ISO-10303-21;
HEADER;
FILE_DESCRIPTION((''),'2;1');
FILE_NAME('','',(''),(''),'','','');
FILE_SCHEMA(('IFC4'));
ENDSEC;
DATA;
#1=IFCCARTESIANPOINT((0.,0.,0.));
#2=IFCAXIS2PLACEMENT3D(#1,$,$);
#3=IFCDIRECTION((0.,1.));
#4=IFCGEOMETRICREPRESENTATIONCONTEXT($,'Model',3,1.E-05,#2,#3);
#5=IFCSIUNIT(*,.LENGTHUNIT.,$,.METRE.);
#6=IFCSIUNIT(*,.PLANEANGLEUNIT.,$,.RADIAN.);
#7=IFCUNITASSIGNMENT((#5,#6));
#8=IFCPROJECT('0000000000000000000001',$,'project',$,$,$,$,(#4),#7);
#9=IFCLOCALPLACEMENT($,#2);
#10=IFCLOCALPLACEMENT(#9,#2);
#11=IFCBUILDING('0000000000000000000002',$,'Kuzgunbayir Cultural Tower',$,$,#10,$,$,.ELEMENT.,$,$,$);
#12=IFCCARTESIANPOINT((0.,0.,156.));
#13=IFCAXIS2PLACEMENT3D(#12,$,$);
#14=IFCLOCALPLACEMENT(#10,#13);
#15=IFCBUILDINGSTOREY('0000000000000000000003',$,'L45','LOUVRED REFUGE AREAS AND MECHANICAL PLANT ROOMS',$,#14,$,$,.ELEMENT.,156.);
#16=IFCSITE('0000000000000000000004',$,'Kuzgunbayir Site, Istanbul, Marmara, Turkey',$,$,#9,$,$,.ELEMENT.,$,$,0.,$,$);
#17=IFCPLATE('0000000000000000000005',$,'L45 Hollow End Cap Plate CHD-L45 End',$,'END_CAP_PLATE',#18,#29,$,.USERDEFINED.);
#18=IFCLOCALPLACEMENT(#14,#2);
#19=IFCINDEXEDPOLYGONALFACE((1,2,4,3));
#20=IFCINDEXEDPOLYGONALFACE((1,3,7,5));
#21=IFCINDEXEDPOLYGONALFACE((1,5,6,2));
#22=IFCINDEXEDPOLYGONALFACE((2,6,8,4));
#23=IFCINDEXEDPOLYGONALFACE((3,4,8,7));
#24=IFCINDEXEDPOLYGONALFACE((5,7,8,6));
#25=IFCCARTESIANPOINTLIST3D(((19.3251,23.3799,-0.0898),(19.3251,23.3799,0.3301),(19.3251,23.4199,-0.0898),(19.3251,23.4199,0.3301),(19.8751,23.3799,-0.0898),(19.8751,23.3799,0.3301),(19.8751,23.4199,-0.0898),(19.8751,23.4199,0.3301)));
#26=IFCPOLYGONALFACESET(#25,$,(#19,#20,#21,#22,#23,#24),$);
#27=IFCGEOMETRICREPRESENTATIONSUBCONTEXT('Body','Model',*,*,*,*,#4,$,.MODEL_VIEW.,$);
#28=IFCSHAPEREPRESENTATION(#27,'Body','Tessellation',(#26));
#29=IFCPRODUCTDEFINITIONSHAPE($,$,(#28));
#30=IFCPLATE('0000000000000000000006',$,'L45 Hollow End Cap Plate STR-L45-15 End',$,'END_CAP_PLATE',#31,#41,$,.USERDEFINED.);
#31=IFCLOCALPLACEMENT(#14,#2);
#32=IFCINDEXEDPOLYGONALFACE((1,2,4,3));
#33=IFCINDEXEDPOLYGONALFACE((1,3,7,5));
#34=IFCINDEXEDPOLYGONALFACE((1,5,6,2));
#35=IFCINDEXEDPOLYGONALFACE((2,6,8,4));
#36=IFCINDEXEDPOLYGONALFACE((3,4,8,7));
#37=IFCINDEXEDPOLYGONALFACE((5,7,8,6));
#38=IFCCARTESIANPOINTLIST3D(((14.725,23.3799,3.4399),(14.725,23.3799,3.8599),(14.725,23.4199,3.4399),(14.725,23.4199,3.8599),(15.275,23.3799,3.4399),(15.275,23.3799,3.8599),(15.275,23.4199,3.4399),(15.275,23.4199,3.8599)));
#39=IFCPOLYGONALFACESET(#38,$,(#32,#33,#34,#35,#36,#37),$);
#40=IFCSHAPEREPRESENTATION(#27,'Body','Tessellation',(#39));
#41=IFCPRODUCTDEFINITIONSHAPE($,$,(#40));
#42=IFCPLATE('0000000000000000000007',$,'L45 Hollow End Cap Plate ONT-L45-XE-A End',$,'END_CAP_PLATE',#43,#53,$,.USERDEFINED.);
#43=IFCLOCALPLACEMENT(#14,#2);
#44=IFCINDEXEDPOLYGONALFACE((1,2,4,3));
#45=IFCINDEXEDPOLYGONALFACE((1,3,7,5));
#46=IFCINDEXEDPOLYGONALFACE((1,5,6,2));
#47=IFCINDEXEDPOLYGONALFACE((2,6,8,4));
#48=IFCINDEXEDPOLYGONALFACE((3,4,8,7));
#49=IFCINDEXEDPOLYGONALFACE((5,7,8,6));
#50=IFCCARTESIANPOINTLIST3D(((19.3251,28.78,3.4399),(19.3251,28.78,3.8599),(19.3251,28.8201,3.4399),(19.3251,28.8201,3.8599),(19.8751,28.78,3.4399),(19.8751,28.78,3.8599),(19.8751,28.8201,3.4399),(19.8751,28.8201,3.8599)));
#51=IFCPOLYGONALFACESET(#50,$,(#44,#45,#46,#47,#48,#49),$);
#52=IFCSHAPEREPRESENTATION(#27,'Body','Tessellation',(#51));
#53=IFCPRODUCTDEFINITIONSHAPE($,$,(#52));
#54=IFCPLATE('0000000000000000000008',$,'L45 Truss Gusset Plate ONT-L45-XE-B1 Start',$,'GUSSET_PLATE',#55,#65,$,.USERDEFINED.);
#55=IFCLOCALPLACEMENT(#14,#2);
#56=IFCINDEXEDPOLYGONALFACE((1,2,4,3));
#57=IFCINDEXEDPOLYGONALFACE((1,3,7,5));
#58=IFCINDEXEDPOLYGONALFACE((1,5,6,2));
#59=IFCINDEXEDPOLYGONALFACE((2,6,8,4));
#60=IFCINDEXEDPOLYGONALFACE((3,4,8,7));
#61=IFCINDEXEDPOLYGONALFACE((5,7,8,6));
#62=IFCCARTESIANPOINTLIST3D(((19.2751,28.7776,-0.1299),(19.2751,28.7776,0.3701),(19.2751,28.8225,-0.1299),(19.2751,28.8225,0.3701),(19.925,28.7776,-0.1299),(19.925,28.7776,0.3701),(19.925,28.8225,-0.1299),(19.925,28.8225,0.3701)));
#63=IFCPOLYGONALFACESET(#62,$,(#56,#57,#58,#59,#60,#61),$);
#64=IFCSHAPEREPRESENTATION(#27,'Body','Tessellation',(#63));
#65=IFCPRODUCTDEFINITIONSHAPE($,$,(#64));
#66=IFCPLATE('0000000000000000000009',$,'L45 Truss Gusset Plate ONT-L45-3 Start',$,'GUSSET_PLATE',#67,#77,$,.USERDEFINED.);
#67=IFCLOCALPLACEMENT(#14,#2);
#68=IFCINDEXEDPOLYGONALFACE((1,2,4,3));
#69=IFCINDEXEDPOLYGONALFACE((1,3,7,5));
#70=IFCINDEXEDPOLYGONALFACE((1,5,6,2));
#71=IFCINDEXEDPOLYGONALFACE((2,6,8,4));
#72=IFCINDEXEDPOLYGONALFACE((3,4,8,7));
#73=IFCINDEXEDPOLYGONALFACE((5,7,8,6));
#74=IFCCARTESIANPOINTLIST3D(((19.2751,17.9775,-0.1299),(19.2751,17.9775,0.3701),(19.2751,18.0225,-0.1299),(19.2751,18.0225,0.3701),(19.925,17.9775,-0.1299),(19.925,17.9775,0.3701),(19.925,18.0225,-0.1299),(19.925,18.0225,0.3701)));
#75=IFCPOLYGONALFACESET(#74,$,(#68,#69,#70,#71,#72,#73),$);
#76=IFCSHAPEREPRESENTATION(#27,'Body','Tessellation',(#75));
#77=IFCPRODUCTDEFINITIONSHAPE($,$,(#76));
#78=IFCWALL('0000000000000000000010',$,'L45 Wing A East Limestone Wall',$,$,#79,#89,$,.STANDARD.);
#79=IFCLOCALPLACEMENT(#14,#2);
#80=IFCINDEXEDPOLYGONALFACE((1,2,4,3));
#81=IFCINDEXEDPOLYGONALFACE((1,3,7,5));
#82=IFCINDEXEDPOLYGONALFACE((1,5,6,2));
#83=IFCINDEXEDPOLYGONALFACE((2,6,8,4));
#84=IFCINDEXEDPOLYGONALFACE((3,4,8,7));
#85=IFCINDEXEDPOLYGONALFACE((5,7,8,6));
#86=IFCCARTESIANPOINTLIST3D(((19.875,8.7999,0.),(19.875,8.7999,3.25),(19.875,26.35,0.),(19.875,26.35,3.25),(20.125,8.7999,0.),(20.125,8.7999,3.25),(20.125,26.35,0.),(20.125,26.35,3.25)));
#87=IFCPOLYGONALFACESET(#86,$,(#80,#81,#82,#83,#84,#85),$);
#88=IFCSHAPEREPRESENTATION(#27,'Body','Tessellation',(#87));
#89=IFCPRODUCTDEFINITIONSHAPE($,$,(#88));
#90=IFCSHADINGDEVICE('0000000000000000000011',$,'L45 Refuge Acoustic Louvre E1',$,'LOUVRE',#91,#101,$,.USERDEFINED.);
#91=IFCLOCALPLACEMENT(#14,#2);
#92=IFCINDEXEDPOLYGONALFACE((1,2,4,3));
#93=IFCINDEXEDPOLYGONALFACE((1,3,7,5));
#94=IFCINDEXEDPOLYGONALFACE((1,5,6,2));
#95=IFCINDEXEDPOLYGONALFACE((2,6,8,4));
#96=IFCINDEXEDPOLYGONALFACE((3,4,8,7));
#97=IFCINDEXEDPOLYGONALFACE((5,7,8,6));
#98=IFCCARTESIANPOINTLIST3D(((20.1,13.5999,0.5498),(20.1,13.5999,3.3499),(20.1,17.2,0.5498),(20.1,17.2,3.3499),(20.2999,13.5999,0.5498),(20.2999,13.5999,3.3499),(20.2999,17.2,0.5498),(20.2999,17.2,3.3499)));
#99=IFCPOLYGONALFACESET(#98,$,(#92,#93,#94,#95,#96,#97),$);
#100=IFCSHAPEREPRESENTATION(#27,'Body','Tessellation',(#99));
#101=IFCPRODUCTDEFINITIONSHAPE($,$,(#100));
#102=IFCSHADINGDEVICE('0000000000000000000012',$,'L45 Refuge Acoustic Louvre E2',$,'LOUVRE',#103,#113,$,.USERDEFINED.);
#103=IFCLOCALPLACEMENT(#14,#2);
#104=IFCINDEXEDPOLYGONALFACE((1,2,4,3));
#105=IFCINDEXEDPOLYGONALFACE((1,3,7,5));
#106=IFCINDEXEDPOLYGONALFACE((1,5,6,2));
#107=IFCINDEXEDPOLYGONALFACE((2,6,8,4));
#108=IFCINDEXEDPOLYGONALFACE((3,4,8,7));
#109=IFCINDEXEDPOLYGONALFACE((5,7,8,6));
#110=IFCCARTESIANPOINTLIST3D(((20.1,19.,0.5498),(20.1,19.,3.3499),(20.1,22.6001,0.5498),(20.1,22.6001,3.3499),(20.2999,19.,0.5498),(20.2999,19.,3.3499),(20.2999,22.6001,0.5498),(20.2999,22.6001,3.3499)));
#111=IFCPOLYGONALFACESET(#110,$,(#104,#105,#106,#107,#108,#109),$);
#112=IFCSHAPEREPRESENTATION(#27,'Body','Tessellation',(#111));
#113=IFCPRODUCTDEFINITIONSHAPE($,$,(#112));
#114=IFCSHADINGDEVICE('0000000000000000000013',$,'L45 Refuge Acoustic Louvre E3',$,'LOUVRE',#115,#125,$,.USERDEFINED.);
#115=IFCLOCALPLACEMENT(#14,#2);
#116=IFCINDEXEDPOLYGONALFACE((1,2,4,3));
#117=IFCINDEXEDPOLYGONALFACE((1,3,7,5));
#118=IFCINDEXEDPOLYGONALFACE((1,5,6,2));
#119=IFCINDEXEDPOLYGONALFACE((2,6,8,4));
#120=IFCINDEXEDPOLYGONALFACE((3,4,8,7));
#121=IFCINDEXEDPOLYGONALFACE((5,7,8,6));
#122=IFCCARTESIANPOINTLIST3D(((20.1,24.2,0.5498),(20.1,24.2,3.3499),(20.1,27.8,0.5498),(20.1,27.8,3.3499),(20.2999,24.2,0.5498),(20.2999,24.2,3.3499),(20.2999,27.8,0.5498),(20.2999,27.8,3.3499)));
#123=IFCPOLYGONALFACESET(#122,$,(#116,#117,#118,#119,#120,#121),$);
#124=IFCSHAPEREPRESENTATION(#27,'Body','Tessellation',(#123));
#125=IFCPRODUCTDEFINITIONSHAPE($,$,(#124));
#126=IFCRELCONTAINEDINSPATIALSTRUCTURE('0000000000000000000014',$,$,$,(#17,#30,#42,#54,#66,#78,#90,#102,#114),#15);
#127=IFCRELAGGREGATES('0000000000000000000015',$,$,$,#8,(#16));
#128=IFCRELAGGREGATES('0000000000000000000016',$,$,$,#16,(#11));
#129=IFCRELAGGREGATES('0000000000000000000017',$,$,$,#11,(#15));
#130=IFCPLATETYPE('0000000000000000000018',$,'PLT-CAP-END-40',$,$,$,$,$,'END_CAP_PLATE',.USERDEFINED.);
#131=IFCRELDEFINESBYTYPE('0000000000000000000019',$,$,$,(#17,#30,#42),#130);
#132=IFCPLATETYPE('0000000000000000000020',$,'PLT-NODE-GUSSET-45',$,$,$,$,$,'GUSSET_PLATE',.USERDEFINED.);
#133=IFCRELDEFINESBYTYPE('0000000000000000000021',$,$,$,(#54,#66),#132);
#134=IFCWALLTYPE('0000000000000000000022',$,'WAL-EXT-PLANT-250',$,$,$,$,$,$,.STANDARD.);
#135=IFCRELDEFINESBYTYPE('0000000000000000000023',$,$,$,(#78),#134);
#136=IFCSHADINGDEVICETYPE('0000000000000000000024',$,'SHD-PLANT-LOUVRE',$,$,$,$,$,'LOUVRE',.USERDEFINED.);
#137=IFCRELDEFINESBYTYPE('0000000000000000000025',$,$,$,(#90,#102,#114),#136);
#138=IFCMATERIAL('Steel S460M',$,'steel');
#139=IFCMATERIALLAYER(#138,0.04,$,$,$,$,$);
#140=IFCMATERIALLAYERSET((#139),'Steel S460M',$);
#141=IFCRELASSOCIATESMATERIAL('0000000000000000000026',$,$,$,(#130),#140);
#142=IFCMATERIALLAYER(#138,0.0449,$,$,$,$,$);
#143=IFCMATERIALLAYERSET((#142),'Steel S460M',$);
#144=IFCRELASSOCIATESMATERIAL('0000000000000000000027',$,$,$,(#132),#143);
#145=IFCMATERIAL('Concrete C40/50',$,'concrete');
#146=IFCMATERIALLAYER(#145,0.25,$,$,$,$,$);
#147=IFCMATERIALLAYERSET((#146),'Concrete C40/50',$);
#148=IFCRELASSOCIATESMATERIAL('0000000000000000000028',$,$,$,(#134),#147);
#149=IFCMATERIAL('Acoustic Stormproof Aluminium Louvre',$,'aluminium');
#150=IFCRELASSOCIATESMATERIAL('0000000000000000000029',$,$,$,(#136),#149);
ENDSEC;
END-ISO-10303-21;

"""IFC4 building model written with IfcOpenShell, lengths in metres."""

from ifc_helpers import new_model, si_unit, direction, frame, frame_2d, origin, origin_2d, place, context, subcontext, project, spatial, rectangle, extrude, material, layer, layer_set, type_object, element, save


model = new_model("IFC4")

# Units and contexts
model_context = context("Model", 3, precision=1e-05, world=origin(), true_north=direction((0.0, 1.0)))
body_context = subcontext(model_context, "Body", "Model", "MODEL_VIEW")
ifc_project = project(units=[si_unit("LENGTHUNIT", "METRE"), si_unit("PLANEANGLEUNIT", "RADIAN")], contexts=[model_context])

# Site, building, storey
site_placement = place(None, origin())
site = spatial("IfcSite", under=ifc_project, at=site_placement, Name="Kuzgunbayir Site, Istanbul, Marmara, Turkey", CompositionType="ELEMENT", RefElevation=0.0)
building_placement = place(site_placement, origin())
building = spatial("IfcBuilding", under=site, at=building_placement, Name="Kuzgunbayir Cultural Tower", CompositionType="ELEMENT")
storey_placement = place(building_placement, frame((0.0, 0.0, 156.0)))
storey = spatial("IfcBuildingStorey", under=building, at=storey_placement, Name="L45", Description="LOUVRED REFUGE AREAS AND MECHANICAL PLANT ROOMS", CompositionType="ELEMENT", Elevation=156.0)

# Shared definitions
ifc_material_1 = material(Name="Steel S460M", Category="steel")

# Plates
ifc_layer_1 = layer(ifc_material_1, 0.04)
ifc_layer_set_1 = layer_set([ifc_layer_1], Name="Steel S460M")
plate_type_1 = type_object("IfcPlateType", Name="PLT-CAP-END-40", ElementType="END_CAP_PLATE", PredefinedType="USERDEFINED", material=ifc_layer_set_1)
for number, where, z_axis, x_axis, name in (
    (1, (19.6001, 23.3999, -0.0898), (0.0, 0.0, 1.0), (1.0, 0.0, 0.0), "L45 Hollow End Cap Plate CHD-L45 End"),
    (2, (15.0, 23.3999, 3.4399), (0.0, 0.0, 1.0), (1.0, 0.0, 0.0), "L45 Hollow End Cap Plate STR-L45-15 End"),
    (3, (19.6001, 28.8, 3.4399), (0.0, 0.0, 1.0), (1.0, 0.0, 0.0), "L45 Hollow End Cap Plate ONT-L45-XE-A End"),
):
    element("IfcPlate", number, at=place(storey_placement, frame(where, z_axis=z_axis, x_axis=x_axis)), inside=storey, type_object=plate_type_1, Name=name, ObjectType="END_CAP_PLATE", PredefinedType="USERDEFINED", context=body_context, shape_type="SweptSolid", body=[
        extrude(rectangle(XDim=0.55, YDim=0.04, at=origin_2d()), origin(), (0.0, 0.0, 1.0), 0.4199),
    ])
ifc_layer_2 = layer(ifc_material_1, 0.0449)
ifc_layer_set_2 = layer_set([ifc_layer_2], Name="Steel S460M")
plate_type_2 = type_object("IfcPlateType", Name="PLT-NODE-GUSSET-45", ElementType="GUSSET_PLATE", PredefinedType="USERDEFINED", material=ifc_layer_set_2)
for number, where, z_axis, x_axis, name in (
    (4, (19.6001, 28.8, -0.1299), (0.0, 0.0, 1.0), (1.0, 0.0, 0.0), "L45 Truss Gusset Plate ONT-L45-XE-B1 Start"),
    (5, (19.6001, 18.0, -0.1299), (0.0, 0.0, 1.0), (1.0, 0.0, 0.0), "L45 Truss Gusset Plate ONT-L45-3 Start"),
):
    element("IfcPlate", number, at=place(storey_placement, frame(where, z_axis=z_axis, x_axis=x_axis)), inside=storey, type_object=plate_type_2, Name=name, ObjectType="GUSSET_PLATE", PredefinedType="USERDEFINED", context=body_context, shape_type="SweptSolid", body=[
        extrude(rectangle(XDim=0.6499, YDim=0.0449, at=origin_2d()), origin(), (0.0, 0.0, 1.0), 0.5),
    ])

# Wall
ifc_material_2 = material(Name="Concrete C40/50", Category="concrete")
ifc_layer_3 = layer(ifc_material_2, 0.25)
ifc_layer_set_3 = layer_set([ifc_layer_3], Name="Concrete C40/50")
wall_type = type_object("IfcWallType", Name="WAL-EXT-PLANT-250", PredefinedType="STANDARD", material=ifc_layer_set_3)
wall_placement = place(storey_placement, frame((20.0, 8.8, 0.0), z_axis=(0.0, 0.0, 1.0), x_axis=(0.0, 1.0, 0.0)))
element("IfcWall", 6, at=wall_placement, inside=storey, type_object=wall_type, Name="L45 Wing A East Limestone Wall", PredefinedType="STANDARD", context=body_context, shape_type="SweptSolid", body=[
    extrude(rectangle(XDim=17.55, YDim=0.25, at=frame_2d((8.7749, 0.0))), origin(), (0.0, 0.0, 1.0), 3.25),
])

# Shading devices
ifc_material_3 = material(Name="Acoustic Stormproof Aluminium Louvre", Category="aluminium")
shading_device_type = type_object("IfcShadingDeviceType", Name="SHD-PLANT-LOUVRE", ElementType="LOUVRE", PredefinedType="USERDEFINED", material=ifc_material_3)
for number, where, z_axis, x_axis, name in (
    (7, (20.2, 15.3999, 0.5498), (0.0, 0.0, 1.0), (1.0, 0.0, 0.0), "L45 Refuge Acoustic Louvre E1"),
    (8, (20.2, 20.8, 0.5498), (0.0, 0.0, 1.0), (1.0, 0.0, 0.0), "L45 Refuge Acoustic Louvre E2"),
    (9, (20.2, 26.0, 0.5498), (0.0, 0.0, 1.0), (1.0, 0.0, 0.0), "L45 Refuge Acoustic Louvre E3"),
):
    element("IfcShadingDevice", number, at=place(storey_placement, frame(where, z_axis=z_axis, x_axis=x_axis)), inside=storey, type_object=shading_device_type, Name=name, ObjectType="LOUVRE", PredefinedType="USERDEFINED", context=body_context, shape_type="SweptSolid", body=[
        extrude(rectangle(XDim=0.2, YDim=3.6001, at=origin_2d()), origin(), (0.0, 0.0, 1.0), 2.8),
    ])

save(model, "model.ifc")
